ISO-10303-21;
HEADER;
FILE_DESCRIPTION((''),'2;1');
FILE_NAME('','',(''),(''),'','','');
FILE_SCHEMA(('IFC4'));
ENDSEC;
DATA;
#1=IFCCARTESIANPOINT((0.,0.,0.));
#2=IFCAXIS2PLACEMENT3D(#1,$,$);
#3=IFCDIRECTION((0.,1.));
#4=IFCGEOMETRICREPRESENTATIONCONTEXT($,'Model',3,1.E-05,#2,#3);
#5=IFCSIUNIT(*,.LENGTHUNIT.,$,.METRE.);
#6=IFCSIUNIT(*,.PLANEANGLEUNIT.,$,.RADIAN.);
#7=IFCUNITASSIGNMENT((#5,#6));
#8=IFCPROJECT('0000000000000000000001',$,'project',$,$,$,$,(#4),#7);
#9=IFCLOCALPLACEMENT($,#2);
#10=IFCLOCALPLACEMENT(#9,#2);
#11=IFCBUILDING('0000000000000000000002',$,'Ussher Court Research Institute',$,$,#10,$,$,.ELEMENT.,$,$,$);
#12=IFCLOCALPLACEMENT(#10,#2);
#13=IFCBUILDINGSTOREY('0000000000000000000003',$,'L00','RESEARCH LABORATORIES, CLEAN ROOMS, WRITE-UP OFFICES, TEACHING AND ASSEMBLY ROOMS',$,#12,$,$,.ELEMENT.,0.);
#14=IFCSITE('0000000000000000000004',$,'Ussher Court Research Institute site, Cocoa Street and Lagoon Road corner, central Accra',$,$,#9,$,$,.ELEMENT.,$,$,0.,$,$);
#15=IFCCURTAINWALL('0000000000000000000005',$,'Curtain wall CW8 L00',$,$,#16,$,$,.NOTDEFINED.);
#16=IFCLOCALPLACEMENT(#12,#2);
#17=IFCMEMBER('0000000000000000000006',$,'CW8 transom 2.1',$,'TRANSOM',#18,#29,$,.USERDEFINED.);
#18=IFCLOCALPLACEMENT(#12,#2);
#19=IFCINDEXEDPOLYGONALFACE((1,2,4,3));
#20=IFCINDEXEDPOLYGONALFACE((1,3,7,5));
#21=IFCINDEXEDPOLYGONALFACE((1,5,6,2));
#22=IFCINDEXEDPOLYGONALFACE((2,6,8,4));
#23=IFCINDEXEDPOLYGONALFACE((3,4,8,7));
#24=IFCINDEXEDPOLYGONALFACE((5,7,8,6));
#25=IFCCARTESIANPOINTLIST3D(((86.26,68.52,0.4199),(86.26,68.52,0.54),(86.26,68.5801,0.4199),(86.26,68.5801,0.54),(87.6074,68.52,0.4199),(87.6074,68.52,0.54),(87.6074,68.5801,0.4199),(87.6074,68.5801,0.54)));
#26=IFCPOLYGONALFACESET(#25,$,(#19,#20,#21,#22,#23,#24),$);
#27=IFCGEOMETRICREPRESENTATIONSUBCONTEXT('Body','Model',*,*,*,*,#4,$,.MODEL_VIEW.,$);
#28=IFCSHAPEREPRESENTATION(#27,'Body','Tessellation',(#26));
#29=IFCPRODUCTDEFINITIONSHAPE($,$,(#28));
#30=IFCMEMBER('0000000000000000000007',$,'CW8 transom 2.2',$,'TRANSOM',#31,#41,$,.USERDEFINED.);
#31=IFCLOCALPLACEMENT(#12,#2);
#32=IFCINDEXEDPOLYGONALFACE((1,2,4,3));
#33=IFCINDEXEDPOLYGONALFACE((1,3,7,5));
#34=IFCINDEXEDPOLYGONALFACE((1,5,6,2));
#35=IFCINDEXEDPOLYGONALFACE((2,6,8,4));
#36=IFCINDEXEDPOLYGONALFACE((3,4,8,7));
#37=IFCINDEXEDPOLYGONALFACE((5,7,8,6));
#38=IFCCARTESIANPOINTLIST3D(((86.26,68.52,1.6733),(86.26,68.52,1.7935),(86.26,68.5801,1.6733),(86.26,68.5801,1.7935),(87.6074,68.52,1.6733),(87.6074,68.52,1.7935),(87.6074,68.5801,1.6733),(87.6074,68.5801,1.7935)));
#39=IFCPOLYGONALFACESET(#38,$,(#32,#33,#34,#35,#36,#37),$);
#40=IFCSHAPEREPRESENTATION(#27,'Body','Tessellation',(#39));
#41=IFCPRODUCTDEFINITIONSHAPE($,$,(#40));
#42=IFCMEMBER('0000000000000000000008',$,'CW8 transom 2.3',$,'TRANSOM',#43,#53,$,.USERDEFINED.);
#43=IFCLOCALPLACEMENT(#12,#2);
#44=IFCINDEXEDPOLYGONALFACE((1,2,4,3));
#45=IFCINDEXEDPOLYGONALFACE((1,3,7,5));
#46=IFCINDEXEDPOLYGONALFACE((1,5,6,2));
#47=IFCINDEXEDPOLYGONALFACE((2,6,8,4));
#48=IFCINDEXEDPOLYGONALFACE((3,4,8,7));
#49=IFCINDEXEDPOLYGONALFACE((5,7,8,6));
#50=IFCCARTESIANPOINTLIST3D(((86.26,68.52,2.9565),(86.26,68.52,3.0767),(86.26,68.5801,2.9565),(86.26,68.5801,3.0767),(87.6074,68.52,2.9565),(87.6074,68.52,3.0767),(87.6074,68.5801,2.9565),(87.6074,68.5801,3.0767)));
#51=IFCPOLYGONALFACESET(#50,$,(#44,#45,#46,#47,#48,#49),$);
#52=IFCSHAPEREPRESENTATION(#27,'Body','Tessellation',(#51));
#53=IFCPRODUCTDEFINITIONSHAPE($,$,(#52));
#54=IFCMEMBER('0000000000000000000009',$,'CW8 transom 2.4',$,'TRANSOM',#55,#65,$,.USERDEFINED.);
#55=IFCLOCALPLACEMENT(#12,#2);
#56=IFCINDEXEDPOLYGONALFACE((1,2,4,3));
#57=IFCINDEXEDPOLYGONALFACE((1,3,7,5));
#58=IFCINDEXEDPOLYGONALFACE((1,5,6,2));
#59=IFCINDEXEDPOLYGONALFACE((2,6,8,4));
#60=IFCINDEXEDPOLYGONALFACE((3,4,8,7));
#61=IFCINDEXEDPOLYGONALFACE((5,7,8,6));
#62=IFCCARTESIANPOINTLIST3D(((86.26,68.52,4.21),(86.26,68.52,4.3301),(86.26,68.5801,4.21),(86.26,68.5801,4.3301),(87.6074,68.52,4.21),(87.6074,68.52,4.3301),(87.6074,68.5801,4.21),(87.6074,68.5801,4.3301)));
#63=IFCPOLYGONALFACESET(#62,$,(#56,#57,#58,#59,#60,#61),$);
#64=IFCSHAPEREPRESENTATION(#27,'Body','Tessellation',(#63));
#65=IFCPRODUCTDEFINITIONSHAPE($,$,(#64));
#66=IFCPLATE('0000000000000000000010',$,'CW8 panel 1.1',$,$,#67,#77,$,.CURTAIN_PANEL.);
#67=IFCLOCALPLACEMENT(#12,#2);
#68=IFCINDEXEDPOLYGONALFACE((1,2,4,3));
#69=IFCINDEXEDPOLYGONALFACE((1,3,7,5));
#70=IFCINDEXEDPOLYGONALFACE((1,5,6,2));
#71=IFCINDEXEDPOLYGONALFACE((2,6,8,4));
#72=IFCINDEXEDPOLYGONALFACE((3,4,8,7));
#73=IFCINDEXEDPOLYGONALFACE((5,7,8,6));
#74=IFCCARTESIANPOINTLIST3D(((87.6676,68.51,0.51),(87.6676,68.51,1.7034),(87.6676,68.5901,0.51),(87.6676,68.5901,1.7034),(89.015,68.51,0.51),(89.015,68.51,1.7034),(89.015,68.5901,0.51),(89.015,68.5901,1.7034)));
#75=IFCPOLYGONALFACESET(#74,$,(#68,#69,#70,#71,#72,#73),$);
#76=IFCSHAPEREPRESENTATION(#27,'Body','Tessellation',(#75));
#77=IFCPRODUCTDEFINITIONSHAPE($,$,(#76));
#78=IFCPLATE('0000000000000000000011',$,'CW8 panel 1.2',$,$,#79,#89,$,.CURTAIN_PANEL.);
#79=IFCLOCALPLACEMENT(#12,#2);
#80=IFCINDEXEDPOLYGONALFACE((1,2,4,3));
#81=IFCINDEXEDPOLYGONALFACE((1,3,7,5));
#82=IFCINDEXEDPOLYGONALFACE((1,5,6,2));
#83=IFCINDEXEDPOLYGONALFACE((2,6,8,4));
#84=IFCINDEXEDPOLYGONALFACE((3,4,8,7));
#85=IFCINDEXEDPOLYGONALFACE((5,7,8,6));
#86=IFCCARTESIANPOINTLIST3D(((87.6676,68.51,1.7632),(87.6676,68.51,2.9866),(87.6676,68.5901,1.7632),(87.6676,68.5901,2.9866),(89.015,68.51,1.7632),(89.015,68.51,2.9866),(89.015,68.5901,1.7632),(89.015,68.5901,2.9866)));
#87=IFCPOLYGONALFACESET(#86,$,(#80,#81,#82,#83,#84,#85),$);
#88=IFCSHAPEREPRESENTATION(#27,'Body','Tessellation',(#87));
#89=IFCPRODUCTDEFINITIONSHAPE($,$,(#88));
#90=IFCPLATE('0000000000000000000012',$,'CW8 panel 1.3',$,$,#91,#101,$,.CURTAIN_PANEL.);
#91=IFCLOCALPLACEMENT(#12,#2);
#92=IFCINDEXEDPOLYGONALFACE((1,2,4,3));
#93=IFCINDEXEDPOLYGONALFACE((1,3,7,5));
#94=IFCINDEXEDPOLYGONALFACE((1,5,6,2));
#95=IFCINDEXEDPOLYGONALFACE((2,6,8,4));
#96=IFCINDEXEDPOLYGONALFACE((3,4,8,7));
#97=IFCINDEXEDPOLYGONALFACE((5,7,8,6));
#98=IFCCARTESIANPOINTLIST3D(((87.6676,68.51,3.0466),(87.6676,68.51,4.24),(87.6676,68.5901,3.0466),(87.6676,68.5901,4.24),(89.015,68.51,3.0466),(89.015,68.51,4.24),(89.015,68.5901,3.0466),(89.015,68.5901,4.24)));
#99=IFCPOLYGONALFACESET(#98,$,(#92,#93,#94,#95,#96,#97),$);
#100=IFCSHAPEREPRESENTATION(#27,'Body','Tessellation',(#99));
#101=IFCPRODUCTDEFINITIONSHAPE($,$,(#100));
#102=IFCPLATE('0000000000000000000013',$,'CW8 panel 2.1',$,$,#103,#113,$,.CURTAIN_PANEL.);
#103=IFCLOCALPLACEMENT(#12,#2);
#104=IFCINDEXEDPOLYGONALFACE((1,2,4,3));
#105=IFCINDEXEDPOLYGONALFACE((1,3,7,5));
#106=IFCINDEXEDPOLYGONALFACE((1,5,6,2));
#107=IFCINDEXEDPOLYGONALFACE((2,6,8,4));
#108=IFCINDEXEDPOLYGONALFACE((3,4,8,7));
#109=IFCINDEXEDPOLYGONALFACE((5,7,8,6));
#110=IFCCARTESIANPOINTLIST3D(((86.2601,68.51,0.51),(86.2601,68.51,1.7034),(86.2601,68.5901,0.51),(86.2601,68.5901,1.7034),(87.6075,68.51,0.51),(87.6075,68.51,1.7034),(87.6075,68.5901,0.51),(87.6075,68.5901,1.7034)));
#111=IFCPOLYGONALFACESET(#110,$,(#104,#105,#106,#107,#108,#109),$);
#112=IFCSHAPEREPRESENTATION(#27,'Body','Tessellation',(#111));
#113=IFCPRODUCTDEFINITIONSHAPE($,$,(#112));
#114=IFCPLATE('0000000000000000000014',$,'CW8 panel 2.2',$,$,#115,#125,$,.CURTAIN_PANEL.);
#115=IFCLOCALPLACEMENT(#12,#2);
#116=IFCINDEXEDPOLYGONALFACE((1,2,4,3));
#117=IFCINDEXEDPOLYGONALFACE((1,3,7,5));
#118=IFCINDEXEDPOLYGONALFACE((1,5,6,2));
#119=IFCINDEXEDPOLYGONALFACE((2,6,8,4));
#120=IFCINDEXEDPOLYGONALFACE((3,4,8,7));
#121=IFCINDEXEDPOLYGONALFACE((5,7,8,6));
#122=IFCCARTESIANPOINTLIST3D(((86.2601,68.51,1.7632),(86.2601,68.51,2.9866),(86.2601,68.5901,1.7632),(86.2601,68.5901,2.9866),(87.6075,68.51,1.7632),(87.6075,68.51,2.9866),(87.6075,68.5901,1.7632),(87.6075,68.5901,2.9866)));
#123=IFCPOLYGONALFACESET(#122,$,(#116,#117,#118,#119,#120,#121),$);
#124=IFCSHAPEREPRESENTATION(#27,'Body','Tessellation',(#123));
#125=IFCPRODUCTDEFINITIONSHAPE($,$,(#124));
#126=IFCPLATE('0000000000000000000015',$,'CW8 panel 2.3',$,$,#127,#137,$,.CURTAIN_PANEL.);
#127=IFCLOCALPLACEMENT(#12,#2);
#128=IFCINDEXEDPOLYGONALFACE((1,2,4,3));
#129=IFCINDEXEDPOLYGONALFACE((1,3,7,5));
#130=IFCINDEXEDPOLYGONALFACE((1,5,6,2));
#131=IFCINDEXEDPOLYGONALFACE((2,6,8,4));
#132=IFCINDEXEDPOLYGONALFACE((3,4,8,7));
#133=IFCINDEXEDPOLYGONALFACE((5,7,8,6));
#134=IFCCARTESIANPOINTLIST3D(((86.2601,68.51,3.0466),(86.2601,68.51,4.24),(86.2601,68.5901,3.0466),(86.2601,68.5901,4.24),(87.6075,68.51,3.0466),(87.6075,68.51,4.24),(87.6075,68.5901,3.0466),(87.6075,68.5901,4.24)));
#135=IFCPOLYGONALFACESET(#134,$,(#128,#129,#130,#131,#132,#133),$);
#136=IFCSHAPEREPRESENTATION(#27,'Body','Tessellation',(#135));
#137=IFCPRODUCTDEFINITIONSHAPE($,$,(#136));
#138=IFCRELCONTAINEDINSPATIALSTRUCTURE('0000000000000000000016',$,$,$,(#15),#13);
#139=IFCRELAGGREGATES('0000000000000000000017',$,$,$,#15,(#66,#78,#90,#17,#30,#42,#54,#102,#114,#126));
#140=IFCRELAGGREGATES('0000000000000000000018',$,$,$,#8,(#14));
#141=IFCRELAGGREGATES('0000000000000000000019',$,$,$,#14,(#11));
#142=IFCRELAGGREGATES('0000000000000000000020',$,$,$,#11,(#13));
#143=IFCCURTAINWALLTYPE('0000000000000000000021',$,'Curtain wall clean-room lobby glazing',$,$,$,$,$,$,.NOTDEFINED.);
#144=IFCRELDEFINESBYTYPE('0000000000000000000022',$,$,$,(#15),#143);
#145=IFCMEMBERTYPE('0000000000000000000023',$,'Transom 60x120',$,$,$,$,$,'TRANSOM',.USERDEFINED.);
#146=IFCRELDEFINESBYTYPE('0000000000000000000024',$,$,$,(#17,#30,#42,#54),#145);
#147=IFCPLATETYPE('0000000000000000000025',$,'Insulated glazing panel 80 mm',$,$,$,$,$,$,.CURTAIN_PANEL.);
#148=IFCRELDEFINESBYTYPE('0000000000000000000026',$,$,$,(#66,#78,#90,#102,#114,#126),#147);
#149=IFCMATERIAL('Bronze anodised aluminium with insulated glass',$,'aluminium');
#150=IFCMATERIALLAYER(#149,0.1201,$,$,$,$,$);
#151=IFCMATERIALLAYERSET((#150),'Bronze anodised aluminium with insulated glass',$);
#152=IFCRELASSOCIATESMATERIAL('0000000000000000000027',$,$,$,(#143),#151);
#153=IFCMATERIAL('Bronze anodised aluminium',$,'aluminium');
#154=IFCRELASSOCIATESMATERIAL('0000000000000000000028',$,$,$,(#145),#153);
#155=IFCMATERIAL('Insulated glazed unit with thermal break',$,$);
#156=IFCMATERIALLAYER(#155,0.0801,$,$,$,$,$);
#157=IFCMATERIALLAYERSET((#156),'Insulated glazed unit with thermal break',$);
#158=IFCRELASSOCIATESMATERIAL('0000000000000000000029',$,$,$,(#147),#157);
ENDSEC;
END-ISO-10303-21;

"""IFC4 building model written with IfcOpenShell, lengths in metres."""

from ifc_helpers import new_model, si_unit, direction, frame, origin, origin_2d, place, context, subcontext, project, spatial, rectangle, extrude, material, layer, layer_set, material_profile, profile_set, type_object, element, aggregate, save


model = new_model("IFC4")

# Units and contexts
model_context = context("Model", 3, precision=1e-05, world=origin(), true_north=direction((0.0, 1.0)))
body_context = subcontext(model_context, "Body", "Model", "MODEL_VIEW")
ifc_project = project(units=[si_unit("LENGTHUNIT", "METRE"), si_unit("PLANEANGLEUNIT", "RADIAN")], contexts=[model_context])

# Site, building, storey
site_placement = place(None, origin())
site = spatial("IfcSite", under=ifc_project, at=site_placement, Name="Ussher Court Research Institute site, Cocoa Street and Lagoon Road corner, central Accra", CompositionType="ELEMENT", RefElevation=0.0)
building_placement = place(site_placement, origin())
building = spatial("IfcBuilding", under=site, at=building_placement, Name="Ussher Court Research Institute", CompositionType="ELEMENT")
storey_placement = place(building_placement, origin())
storey = spatial("IfcBuildingStorey", under=building, at=storey_placement, Name="L00", Description="RESEARCH LABORATORIES, CLEAN ROOMS, WRITE-UP OFFICES, TEACHING AND ASSEMBLY ROOMS", CompositionType="ELEMENT", Elevation=0.0)

# Curtain wall, members, plates
ifc_material_1 = material(Name="Bronze anodised aluminium with insulated glass", Category="aluminium")
ifc_layer_1 = layer(ifc_material_1, 0.1201)
ifc_layer_set_1 = layer_set([ifc_layer_1], Name="Bronze anodised aluminium with insulated glass")
curtain_wall_type = type_object("IfcCurtainWallType", Name="Curtain wall clean-room lobby glazing", PredefinedType="NOTDEFINED", material=ifc_layer_set_1)
curtain_wall_placement = place(storey_placement, origin())
curtain_wall = element("IfcCurtainWall", 1, at=curtain_wall_placement, inside=storey, type_object=curtain_wall_type, Name="Curtain wall CW8 L00", PredefinedType="NOTDEFINED")
ifc_material_2 = material(Name="Bronze anodised aluminium", Category="aluminium")
ifc_material_profile_1 = material_profile(ifc_material_2, rectangle(XDim=0.0601, YDim=0.1201, at=origin_2d()), Name="Transom 60x120")
ifc_profile_set_1 = profile_set([ifc_material_profile_1], Name="Bronze anodised aluminium")
member_type_1 = type_object("IfcMemberType", Name="Transom 60x120", ElementType="TRANSOM", PredefinedType="USERDEFINED", material=ifc_profile_set_1)
member_1_placement = place(storey_placement, frame((87.6074, 68.55, 0.48), z_axis=(-1.0, 0.0, 0.0), x_axis=(0.0, -1.0, 0.0)))
member_1 = element("IfcMember", 2, at=member_1_placement, type_object=member_type_1, Name="CW8 transom 2.1", ObjectType="TRANSOM", PredefinedType="USERDEFINED", context=body_context, shape_type="SweptSolid", body=[
    extrude(rectangle(XDim=0.0601, YDim=0.1201, at=origin_2d()), origin(), (0.0, 0.0, 1.0), 1.3474),
])
member_2_placement = place(storey_placement, frame((87.6074, 68.55, 1.7334), z_axis=(-1.0, 0.0, 0.0), x_axis=(0.0, -1.0, 0.0)))
member_2 = element("IfcMember", 3, at=member_2_placement, type_object=member_type_1, Name="CW8 transom 2.2", ObjectType="TRANSOM", PredefinedType="USERDEFINED", context=body_context, shape_type="SweptSolid", body=[
    extrude(rectangle(XDim=0.0601, YDim=0.1201, at=origin_2d()), origin(), (0.0, 0.0, 1.0), 1.3474),
])
member_3_placement = place(storey_placement, frame((87.6074, 68.55, 3.0166), z_axis=(-1.0, 0.0, 0.0), x_axis=(0.0, -1.0, 0.0)))
member_3 = element("IfcMember", 4, at=member_3_placement, type_object=member_type_1, Name="CW8 transom 2.3", ObjectType="TRANSOM", PredefinedType="USERDEFINED", context=body_context, shape_type="SweptSolid", body=[
    extrude(rectangle(XDim=0.0601, YDim=0.1201, at=origin_2d()), origin(), (0.0, 0.0, 1.0), 1.3474),
])
member_4_placement = place(storey_placement, frame((87.6074, 68.55, 4.27), z_axis=(-1.0, 0.0, 0.0), x_axis=(0.0, -1.0, 0.0)))
member_4 = element("IfcMember", 5, at=member_4_placement, type_object=member_type_1, Name="CW8 transom 2.4", ObjectType="TRANSOM", PredefinedType="USERDEFINED", context=body_context, shape_type="SweptSolid", body=[
    extrude(rectangle(XDim=0.0601, YDim=0.1201, at=origin_2d()), origin(), (0.0, 0.0, 1.0), 1.3474),
])
ifc_material_3 = material(Name="Insulated glazed unit with thermal break")
ifc_layer_2 = layer(ifc_material_3, 0.0801)
ifc_layer_set_2 = layer_set([ifc_layer_2], Name="Insulated glazed unit with thermal break")
plate_type = type_object("IfcPlateType", Name="Insulated glazing panel 80 mm", PredefinedType="CURTAIN_PANEL", material=ifc_layer_set_2)
plate_1_placement = place(storey_placement, frame((88.3413, 68.55, 0.51), z_axis=(0.0, 0.0, 1.0), x_axis=(-1.0, 0.0, 0.0)))
plate_1 = element("IfcPlate", 6, at=plate_1_placement, type_object=plate_type, Name="CW8 panel 1.1", PredefinedType="CURTAIN_PANEL", context=body_context, shape_type="SweptSolid", body=[
    extrude(rectangle(XDim=1.3474, YDim=0.0801, at=origin_2d()), origin(), (0.0, 0.0, 1.0), 1.1934),
])
plate_2_placement = place(storey_placement, frame((88.3413, 68.55, 1.7632), z_axis=(0.0, 0.0, 1.0), x_axis=(-1.0, 0.0, 0.0)))
plate_2 = element("IfcPlate", 7, at=plate_2_placement, type_object=plate_type, Name="CW8 panel 1.2", PredefinedType="CURTAIN_PANEL", context=body_context, shape_type="SweptSolid", body=[
    extrude(rectangle(XDim=1.3474, YDim=0.0801, at=origin_2d()), origin(), (0.0, 0.0, 1.0), 1.2234),
])
plate_3_placement = place(storey_placement, frame((88.3413, 68.55, 3.0466), z_axis=(0.0, 0.0, 1.0), x_axis=(-1.0, 0.0, 0.0)))
plate_3 = element("IfcPlate", 8, at=plate_3_placement, type_object=plate_type, Name="CW8 panel 1.3", PredefinedType="CURTAIN_PANEL", context=body_context, shape_type="SweptSolid", body=[
    extrude(rectangle(XDim=1.3474, YDim=0.0801, at=origin_2d()), origin(), (0.0, 0.0, 1.0), 1.1934),
])
plate_4_placement = place(storey_placement, frame((86.9338, 68.55, 0.51), z_axis=(0.0, 0.0, 1.0), x_axis=(-1.0, 0.0, 0.0)))
plate_4 = element("IfcPlate", 9, at=plate_4_placement, type_object=plate_type, Name="CW8 panel 2.1", PredefinedType="CURTAIN_PANEL", context=body_context, shape_type="SweptSolid", body=[
    extrude(rectangle(XDim=1.3474, YDim=0.0801, at=origin_2d()), origin(), (0.0, 0.0, 1.0), 1.1934),
])
plate_5_placement = place(storey_placement, frame((86.9338, 68.55, 1.7632), z_axis=(0.0, 0.0, 1.0), x_axis=(-1.0, 0.0, 0.0)))
plate_5 = element("IfcPlate", 10, at=plate_5_placement, type_object=plate_type, Name="CW8 panel 2.2", PredefinedType="CURTAIN_PANEL", context=body_context, shape_type="SweptSolid", body=[
    extrude(rectangle(XDim=1.3474, YDim=0.0801, at=origin_2d()), origin(), (0.0, 0.0, 1.0), 1.2234),
])
plate_6_placement = place(storey_placement, frame((86.9338, 68.55, 3.0466), z_axis=(0.0, 0.0, 1.0), x_axis=(-1.0, 0.0, 0.0)))
plate_6 = element("IfcPlate", 11, at=plate_6_placement, type_object=plate_type, Name="CW8 panel 2.3", PredefinedType="CURTAIN_PANEL", context=body_context, shape_type="SweptSolid", body=[
    extrude(rectangle(XDim=1.3474, YDim=0.0801, at=origin_2d()), origin(), (0.0, 0.0, 1.0), 1.1934),
])
aggregate(curtain_wall, [plate_1, plate_2, plate_3, member_1, member_2, member_3, member_4, plate_4, plate_5, plate_6])

save(model, "model.ifc")
